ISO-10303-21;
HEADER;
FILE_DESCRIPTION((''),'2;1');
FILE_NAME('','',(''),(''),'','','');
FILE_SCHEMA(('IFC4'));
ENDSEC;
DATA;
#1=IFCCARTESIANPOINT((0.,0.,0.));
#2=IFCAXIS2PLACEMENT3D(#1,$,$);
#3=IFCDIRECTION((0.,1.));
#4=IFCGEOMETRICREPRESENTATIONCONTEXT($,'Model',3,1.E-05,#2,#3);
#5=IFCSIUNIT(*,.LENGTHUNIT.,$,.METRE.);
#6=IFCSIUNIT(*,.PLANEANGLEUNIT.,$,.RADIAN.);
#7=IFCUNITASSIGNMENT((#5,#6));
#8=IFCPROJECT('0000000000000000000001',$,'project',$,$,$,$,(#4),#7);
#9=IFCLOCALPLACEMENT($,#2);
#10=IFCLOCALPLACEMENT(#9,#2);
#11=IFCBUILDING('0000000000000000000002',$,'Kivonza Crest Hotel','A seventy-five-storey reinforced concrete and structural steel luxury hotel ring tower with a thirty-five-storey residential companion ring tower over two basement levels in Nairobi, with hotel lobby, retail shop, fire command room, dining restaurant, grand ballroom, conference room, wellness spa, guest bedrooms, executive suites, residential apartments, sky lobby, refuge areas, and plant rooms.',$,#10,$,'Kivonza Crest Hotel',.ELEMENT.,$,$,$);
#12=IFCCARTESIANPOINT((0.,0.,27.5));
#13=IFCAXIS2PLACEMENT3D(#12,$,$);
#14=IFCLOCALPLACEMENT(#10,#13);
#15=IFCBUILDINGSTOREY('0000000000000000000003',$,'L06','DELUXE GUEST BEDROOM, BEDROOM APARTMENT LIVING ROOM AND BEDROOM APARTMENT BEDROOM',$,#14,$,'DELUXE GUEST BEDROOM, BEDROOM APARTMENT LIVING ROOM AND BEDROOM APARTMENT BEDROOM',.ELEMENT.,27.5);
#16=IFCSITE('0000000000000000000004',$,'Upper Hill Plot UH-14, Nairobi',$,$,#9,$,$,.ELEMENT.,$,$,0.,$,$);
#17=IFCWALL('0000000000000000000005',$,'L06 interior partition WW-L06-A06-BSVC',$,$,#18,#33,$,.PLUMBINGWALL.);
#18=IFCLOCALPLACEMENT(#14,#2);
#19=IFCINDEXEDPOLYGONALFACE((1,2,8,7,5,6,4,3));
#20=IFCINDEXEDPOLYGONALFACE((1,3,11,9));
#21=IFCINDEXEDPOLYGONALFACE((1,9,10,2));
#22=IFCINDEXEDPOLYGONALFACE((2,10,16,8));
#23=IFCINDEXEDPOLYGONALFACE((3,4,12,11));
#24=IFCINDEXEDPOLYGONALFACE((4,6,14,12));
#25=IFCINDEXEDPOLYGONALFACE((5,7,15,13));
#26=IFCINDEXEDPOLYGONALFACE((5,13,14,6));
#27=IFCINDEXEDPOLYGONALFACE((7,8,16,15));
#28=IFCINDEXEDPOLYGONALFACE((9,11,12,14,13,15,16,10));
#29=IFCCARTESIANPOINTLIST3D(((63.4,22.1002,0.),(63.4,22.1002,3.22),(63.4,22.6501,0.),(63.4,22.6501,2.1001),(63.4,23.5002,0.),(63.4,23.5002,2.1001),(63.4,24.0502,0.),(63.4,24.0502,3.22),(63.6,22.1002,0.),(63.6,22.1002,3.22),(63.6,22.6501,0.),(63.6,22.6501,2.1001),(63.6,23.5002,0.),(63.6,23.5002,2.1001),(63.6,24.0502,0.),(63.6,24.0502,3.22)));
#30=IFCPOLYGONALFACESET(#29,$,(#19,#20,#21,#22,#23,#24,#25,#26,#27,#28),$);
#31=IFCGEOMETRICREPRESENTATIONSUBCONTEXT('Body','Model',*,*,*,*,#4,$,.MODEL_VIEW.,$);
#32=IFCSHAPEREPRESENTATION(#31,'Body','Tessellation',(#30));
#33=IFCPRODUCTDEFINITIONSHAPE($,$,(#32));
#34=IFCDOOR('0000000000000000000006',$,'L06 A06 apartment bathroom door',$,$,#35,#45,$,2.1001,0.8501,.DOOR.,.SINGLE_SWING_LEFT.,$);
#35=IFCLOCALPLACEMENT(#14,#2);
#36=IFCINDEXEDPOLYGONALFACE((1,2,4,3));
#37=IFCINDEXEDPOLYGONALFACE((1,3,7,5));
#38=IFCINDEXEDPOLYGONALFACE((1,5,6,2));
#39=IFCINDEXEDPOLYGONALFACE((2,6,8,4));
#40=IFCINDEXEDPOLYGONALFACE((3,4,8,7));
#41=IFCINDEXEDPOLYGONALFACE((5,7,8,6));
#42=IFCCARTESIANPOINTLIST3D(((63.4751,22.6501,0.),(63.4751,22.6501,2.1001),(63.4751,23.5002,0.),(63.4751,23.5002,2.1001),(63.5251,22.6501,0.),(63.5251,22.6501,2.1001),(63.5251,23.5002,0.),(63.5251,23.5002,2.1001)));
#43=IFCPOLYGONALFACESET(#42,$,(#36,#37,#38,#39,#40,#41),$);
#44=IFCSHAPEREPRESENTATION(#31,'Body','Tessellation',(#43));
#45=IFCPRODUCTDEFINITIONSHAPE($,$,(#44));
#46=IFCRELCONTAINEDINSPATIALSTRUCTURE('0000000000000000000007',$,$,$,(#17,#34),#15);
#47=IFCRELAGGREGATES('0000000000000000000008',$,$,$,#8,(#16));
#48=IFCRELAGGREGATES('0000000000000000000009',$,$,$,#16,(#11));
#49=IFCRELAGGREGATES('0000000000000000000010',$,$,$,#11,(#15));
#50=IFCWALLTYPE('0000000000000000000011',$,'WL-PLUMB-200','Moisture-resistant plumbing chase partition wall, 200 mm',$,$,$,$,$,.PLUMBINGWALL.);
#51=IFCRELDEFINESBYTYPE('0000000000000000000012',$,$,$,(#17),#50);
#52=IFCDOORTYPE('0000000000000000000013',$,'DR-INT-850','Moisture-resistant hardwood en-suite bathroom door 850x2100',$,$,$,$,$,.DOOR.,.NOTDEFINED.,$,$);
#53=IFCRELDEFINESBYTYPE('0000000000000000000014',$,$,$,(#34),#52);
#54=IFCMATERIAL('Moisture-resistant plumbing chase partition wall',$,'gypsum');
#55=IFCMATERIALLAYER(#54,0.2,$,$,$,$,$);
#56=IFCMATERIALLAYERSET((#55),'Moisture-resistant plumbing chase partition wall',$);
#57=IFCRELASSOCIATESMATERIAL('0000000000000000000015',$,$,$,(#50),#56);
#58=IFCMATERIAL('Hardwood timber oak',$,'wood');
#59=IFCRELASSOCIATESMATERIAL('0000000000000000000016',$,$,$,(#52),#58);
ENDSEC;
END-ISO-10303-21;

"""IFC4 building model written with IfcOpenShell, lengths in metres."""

from ifc_helpers import new_model, si_unit, direction, frame, frame_2d, origin, place, context, subcontext, project, spatial, rectangle, extrude, material, layer, layer_set, type_object, element, fill, save


model = new_model("IFC4")

# Units and contexts
model_context = context("Model", 3, precision=1e-05, world=origin(), true_north=direction((0.0, 1.0)))
body_context = subcontext(model_context, "Body", "Model", "MODEL_VIEW")
ifc_project = project(units=[si_unit("LENGTHUNIT", "METRE"), si_unit("PLANEANGLEUNIT", "RADIAN")], contexts=[model_context])

# Site, building, storey
site_placement = place(None, origin())
site = spatial("IfcSite", under=ifc_project, at=site_placement, Name="Upper Hill Plot UH-14, Nairobi", CompositionType="ELEMENT", RefElevation=0.0)
building_placement = place(site_placement, origin())
building = spatial("IfcBuilding", under=site, at=building_placement, Name="Kivonza Crest Hotel", Description="A seventy-five-storey reinforced concrete and structural steel luxury hotel ring tower with a thirty-five-storey residential companion ring tower over two basement levels in Nairobi, with hotel lobby, retail shop, fire command room, dining restaurant, grand ballroom, conference room, wellness spa, guest bedrooms, executive suites, residential apartments, sky lobby, refuge areas, and plant rooms.", LongName="Kivonza Crest Hotel", CompositionType="ELEMENT")
storey_placement = place(building_placement, frame((0.0, 0.0, 27.5)))
storey = spatial("IfcBuildingStorey", under=building, at=storey_placement, Name="L06", Description="DELUXE GUEST BEDROOM, BEDROOM APARTMENT LIVING ROOM AND BEDROOM APARTMENT BEDROOM", LongName="DELUXE GUEST BEDROOM, BEDROOM APARTMENT LIVING ROOM AND BEDROOM APARTMENT BEDROOM", CompositionType="ELEMENT", Elevation=27.5)

# Wall, opening, door
ifc_material_1 = material(Name="Hardwood timber oak", Category="wood")
ifc_material_2 = material(Name="Moisture-resistant plumbing chase partition wall", Category="gypsum")
ifc_layer_1 = layer(ifc_material_2, 0.2)
ifc_layer_set_1 = layer_set([ifc_layer_1], Name="Moisture-resistant plumbing chase partition wall")
wall_type_1 = type_object("IfcWallType", Name="WL-PLUMB-200", Description="Moisture-resistant plumbing chase partition wall, 200 mm", PredefinedType="PLUMBINGWALL", material=ifc_layer_set_1)
door_type_1 = type_object("IfcDoorType", Name="DR-INT-850", Description="Moisture-resistant hardwood en-suite bathroom door 850x2100", OperationType="NOTDEFINED", PredefinedType="DOOR", material=ifc_material_1)
wall_1_placement = place(storey_placement, frame((63.5, 22.1001, 0.0), z_axis=(0.0, 0.0, 1.0), x_axis=(0.0, 1.0, 0.0)))
wall_1 = element("IfcWall", 1, at=wall_1_placement, inside=storey, type_object=wall_type_1, Name="L06 interior partition WW-L06-A06-BSVC", PredefinedType="PLUMBINGWALL", context=body_context, shape_type="SweptSolid", body=[
    extrude(rectangle(XDim=1.95, YDim=0.2, at=frame_2d((0.9751, 0.0))), origin(), (0.0, 0.0, 1.0), 3.22),
])
opening_1_placement = place(wall_1_placement, frame((0.55, 0.0, 0.0)))
opening_1 = element("IfcOpeningElement", 2, at=opening_1_placement, cuts=wall_1, PredefinedType="OPENING", context=body_context, shape_type="SweptSolid", body=[
    extrude(rectangle(XDim=0.8501, YDim=2.1001, at=frame_2d((0.425, 1.05))), frame((0.0, 0.1099, 0.0), z_axis=(0.0, -1.0, 0.0), x_axis=(1.0, 0.0, 0.0)), (0.0, 0.0, 1.0), 0.22),
])
door_1_placement = place(opening_1_placement, origin())
door_1 = element("IfcDoor", 3, at=door_1_placement, inside=storey, type_object=door_type_1, Name="L06 A06 apartment bathroom door", OperationType="SINGLE_SWING_LEFT", OverallHeight=2.1001, OverallWidth=0.8501, PredefinedType="DOOR", context=body_context, shape_type="SweptSolid", body=[
    extrude(rectangle(XDim=0.8501, YDim=2.1001, at=frame_2d((0.425, 1.05))), frame((0.0, 0.0249, 0.0), z_axis=(0.0, -1.0, 0.0), x_axis=(1.0, 0.0, 0.0)), (0.0, 0.0, 1.0), 0.05),
])
fill(opening_1, door_1)

save(model, "model.ifc")
